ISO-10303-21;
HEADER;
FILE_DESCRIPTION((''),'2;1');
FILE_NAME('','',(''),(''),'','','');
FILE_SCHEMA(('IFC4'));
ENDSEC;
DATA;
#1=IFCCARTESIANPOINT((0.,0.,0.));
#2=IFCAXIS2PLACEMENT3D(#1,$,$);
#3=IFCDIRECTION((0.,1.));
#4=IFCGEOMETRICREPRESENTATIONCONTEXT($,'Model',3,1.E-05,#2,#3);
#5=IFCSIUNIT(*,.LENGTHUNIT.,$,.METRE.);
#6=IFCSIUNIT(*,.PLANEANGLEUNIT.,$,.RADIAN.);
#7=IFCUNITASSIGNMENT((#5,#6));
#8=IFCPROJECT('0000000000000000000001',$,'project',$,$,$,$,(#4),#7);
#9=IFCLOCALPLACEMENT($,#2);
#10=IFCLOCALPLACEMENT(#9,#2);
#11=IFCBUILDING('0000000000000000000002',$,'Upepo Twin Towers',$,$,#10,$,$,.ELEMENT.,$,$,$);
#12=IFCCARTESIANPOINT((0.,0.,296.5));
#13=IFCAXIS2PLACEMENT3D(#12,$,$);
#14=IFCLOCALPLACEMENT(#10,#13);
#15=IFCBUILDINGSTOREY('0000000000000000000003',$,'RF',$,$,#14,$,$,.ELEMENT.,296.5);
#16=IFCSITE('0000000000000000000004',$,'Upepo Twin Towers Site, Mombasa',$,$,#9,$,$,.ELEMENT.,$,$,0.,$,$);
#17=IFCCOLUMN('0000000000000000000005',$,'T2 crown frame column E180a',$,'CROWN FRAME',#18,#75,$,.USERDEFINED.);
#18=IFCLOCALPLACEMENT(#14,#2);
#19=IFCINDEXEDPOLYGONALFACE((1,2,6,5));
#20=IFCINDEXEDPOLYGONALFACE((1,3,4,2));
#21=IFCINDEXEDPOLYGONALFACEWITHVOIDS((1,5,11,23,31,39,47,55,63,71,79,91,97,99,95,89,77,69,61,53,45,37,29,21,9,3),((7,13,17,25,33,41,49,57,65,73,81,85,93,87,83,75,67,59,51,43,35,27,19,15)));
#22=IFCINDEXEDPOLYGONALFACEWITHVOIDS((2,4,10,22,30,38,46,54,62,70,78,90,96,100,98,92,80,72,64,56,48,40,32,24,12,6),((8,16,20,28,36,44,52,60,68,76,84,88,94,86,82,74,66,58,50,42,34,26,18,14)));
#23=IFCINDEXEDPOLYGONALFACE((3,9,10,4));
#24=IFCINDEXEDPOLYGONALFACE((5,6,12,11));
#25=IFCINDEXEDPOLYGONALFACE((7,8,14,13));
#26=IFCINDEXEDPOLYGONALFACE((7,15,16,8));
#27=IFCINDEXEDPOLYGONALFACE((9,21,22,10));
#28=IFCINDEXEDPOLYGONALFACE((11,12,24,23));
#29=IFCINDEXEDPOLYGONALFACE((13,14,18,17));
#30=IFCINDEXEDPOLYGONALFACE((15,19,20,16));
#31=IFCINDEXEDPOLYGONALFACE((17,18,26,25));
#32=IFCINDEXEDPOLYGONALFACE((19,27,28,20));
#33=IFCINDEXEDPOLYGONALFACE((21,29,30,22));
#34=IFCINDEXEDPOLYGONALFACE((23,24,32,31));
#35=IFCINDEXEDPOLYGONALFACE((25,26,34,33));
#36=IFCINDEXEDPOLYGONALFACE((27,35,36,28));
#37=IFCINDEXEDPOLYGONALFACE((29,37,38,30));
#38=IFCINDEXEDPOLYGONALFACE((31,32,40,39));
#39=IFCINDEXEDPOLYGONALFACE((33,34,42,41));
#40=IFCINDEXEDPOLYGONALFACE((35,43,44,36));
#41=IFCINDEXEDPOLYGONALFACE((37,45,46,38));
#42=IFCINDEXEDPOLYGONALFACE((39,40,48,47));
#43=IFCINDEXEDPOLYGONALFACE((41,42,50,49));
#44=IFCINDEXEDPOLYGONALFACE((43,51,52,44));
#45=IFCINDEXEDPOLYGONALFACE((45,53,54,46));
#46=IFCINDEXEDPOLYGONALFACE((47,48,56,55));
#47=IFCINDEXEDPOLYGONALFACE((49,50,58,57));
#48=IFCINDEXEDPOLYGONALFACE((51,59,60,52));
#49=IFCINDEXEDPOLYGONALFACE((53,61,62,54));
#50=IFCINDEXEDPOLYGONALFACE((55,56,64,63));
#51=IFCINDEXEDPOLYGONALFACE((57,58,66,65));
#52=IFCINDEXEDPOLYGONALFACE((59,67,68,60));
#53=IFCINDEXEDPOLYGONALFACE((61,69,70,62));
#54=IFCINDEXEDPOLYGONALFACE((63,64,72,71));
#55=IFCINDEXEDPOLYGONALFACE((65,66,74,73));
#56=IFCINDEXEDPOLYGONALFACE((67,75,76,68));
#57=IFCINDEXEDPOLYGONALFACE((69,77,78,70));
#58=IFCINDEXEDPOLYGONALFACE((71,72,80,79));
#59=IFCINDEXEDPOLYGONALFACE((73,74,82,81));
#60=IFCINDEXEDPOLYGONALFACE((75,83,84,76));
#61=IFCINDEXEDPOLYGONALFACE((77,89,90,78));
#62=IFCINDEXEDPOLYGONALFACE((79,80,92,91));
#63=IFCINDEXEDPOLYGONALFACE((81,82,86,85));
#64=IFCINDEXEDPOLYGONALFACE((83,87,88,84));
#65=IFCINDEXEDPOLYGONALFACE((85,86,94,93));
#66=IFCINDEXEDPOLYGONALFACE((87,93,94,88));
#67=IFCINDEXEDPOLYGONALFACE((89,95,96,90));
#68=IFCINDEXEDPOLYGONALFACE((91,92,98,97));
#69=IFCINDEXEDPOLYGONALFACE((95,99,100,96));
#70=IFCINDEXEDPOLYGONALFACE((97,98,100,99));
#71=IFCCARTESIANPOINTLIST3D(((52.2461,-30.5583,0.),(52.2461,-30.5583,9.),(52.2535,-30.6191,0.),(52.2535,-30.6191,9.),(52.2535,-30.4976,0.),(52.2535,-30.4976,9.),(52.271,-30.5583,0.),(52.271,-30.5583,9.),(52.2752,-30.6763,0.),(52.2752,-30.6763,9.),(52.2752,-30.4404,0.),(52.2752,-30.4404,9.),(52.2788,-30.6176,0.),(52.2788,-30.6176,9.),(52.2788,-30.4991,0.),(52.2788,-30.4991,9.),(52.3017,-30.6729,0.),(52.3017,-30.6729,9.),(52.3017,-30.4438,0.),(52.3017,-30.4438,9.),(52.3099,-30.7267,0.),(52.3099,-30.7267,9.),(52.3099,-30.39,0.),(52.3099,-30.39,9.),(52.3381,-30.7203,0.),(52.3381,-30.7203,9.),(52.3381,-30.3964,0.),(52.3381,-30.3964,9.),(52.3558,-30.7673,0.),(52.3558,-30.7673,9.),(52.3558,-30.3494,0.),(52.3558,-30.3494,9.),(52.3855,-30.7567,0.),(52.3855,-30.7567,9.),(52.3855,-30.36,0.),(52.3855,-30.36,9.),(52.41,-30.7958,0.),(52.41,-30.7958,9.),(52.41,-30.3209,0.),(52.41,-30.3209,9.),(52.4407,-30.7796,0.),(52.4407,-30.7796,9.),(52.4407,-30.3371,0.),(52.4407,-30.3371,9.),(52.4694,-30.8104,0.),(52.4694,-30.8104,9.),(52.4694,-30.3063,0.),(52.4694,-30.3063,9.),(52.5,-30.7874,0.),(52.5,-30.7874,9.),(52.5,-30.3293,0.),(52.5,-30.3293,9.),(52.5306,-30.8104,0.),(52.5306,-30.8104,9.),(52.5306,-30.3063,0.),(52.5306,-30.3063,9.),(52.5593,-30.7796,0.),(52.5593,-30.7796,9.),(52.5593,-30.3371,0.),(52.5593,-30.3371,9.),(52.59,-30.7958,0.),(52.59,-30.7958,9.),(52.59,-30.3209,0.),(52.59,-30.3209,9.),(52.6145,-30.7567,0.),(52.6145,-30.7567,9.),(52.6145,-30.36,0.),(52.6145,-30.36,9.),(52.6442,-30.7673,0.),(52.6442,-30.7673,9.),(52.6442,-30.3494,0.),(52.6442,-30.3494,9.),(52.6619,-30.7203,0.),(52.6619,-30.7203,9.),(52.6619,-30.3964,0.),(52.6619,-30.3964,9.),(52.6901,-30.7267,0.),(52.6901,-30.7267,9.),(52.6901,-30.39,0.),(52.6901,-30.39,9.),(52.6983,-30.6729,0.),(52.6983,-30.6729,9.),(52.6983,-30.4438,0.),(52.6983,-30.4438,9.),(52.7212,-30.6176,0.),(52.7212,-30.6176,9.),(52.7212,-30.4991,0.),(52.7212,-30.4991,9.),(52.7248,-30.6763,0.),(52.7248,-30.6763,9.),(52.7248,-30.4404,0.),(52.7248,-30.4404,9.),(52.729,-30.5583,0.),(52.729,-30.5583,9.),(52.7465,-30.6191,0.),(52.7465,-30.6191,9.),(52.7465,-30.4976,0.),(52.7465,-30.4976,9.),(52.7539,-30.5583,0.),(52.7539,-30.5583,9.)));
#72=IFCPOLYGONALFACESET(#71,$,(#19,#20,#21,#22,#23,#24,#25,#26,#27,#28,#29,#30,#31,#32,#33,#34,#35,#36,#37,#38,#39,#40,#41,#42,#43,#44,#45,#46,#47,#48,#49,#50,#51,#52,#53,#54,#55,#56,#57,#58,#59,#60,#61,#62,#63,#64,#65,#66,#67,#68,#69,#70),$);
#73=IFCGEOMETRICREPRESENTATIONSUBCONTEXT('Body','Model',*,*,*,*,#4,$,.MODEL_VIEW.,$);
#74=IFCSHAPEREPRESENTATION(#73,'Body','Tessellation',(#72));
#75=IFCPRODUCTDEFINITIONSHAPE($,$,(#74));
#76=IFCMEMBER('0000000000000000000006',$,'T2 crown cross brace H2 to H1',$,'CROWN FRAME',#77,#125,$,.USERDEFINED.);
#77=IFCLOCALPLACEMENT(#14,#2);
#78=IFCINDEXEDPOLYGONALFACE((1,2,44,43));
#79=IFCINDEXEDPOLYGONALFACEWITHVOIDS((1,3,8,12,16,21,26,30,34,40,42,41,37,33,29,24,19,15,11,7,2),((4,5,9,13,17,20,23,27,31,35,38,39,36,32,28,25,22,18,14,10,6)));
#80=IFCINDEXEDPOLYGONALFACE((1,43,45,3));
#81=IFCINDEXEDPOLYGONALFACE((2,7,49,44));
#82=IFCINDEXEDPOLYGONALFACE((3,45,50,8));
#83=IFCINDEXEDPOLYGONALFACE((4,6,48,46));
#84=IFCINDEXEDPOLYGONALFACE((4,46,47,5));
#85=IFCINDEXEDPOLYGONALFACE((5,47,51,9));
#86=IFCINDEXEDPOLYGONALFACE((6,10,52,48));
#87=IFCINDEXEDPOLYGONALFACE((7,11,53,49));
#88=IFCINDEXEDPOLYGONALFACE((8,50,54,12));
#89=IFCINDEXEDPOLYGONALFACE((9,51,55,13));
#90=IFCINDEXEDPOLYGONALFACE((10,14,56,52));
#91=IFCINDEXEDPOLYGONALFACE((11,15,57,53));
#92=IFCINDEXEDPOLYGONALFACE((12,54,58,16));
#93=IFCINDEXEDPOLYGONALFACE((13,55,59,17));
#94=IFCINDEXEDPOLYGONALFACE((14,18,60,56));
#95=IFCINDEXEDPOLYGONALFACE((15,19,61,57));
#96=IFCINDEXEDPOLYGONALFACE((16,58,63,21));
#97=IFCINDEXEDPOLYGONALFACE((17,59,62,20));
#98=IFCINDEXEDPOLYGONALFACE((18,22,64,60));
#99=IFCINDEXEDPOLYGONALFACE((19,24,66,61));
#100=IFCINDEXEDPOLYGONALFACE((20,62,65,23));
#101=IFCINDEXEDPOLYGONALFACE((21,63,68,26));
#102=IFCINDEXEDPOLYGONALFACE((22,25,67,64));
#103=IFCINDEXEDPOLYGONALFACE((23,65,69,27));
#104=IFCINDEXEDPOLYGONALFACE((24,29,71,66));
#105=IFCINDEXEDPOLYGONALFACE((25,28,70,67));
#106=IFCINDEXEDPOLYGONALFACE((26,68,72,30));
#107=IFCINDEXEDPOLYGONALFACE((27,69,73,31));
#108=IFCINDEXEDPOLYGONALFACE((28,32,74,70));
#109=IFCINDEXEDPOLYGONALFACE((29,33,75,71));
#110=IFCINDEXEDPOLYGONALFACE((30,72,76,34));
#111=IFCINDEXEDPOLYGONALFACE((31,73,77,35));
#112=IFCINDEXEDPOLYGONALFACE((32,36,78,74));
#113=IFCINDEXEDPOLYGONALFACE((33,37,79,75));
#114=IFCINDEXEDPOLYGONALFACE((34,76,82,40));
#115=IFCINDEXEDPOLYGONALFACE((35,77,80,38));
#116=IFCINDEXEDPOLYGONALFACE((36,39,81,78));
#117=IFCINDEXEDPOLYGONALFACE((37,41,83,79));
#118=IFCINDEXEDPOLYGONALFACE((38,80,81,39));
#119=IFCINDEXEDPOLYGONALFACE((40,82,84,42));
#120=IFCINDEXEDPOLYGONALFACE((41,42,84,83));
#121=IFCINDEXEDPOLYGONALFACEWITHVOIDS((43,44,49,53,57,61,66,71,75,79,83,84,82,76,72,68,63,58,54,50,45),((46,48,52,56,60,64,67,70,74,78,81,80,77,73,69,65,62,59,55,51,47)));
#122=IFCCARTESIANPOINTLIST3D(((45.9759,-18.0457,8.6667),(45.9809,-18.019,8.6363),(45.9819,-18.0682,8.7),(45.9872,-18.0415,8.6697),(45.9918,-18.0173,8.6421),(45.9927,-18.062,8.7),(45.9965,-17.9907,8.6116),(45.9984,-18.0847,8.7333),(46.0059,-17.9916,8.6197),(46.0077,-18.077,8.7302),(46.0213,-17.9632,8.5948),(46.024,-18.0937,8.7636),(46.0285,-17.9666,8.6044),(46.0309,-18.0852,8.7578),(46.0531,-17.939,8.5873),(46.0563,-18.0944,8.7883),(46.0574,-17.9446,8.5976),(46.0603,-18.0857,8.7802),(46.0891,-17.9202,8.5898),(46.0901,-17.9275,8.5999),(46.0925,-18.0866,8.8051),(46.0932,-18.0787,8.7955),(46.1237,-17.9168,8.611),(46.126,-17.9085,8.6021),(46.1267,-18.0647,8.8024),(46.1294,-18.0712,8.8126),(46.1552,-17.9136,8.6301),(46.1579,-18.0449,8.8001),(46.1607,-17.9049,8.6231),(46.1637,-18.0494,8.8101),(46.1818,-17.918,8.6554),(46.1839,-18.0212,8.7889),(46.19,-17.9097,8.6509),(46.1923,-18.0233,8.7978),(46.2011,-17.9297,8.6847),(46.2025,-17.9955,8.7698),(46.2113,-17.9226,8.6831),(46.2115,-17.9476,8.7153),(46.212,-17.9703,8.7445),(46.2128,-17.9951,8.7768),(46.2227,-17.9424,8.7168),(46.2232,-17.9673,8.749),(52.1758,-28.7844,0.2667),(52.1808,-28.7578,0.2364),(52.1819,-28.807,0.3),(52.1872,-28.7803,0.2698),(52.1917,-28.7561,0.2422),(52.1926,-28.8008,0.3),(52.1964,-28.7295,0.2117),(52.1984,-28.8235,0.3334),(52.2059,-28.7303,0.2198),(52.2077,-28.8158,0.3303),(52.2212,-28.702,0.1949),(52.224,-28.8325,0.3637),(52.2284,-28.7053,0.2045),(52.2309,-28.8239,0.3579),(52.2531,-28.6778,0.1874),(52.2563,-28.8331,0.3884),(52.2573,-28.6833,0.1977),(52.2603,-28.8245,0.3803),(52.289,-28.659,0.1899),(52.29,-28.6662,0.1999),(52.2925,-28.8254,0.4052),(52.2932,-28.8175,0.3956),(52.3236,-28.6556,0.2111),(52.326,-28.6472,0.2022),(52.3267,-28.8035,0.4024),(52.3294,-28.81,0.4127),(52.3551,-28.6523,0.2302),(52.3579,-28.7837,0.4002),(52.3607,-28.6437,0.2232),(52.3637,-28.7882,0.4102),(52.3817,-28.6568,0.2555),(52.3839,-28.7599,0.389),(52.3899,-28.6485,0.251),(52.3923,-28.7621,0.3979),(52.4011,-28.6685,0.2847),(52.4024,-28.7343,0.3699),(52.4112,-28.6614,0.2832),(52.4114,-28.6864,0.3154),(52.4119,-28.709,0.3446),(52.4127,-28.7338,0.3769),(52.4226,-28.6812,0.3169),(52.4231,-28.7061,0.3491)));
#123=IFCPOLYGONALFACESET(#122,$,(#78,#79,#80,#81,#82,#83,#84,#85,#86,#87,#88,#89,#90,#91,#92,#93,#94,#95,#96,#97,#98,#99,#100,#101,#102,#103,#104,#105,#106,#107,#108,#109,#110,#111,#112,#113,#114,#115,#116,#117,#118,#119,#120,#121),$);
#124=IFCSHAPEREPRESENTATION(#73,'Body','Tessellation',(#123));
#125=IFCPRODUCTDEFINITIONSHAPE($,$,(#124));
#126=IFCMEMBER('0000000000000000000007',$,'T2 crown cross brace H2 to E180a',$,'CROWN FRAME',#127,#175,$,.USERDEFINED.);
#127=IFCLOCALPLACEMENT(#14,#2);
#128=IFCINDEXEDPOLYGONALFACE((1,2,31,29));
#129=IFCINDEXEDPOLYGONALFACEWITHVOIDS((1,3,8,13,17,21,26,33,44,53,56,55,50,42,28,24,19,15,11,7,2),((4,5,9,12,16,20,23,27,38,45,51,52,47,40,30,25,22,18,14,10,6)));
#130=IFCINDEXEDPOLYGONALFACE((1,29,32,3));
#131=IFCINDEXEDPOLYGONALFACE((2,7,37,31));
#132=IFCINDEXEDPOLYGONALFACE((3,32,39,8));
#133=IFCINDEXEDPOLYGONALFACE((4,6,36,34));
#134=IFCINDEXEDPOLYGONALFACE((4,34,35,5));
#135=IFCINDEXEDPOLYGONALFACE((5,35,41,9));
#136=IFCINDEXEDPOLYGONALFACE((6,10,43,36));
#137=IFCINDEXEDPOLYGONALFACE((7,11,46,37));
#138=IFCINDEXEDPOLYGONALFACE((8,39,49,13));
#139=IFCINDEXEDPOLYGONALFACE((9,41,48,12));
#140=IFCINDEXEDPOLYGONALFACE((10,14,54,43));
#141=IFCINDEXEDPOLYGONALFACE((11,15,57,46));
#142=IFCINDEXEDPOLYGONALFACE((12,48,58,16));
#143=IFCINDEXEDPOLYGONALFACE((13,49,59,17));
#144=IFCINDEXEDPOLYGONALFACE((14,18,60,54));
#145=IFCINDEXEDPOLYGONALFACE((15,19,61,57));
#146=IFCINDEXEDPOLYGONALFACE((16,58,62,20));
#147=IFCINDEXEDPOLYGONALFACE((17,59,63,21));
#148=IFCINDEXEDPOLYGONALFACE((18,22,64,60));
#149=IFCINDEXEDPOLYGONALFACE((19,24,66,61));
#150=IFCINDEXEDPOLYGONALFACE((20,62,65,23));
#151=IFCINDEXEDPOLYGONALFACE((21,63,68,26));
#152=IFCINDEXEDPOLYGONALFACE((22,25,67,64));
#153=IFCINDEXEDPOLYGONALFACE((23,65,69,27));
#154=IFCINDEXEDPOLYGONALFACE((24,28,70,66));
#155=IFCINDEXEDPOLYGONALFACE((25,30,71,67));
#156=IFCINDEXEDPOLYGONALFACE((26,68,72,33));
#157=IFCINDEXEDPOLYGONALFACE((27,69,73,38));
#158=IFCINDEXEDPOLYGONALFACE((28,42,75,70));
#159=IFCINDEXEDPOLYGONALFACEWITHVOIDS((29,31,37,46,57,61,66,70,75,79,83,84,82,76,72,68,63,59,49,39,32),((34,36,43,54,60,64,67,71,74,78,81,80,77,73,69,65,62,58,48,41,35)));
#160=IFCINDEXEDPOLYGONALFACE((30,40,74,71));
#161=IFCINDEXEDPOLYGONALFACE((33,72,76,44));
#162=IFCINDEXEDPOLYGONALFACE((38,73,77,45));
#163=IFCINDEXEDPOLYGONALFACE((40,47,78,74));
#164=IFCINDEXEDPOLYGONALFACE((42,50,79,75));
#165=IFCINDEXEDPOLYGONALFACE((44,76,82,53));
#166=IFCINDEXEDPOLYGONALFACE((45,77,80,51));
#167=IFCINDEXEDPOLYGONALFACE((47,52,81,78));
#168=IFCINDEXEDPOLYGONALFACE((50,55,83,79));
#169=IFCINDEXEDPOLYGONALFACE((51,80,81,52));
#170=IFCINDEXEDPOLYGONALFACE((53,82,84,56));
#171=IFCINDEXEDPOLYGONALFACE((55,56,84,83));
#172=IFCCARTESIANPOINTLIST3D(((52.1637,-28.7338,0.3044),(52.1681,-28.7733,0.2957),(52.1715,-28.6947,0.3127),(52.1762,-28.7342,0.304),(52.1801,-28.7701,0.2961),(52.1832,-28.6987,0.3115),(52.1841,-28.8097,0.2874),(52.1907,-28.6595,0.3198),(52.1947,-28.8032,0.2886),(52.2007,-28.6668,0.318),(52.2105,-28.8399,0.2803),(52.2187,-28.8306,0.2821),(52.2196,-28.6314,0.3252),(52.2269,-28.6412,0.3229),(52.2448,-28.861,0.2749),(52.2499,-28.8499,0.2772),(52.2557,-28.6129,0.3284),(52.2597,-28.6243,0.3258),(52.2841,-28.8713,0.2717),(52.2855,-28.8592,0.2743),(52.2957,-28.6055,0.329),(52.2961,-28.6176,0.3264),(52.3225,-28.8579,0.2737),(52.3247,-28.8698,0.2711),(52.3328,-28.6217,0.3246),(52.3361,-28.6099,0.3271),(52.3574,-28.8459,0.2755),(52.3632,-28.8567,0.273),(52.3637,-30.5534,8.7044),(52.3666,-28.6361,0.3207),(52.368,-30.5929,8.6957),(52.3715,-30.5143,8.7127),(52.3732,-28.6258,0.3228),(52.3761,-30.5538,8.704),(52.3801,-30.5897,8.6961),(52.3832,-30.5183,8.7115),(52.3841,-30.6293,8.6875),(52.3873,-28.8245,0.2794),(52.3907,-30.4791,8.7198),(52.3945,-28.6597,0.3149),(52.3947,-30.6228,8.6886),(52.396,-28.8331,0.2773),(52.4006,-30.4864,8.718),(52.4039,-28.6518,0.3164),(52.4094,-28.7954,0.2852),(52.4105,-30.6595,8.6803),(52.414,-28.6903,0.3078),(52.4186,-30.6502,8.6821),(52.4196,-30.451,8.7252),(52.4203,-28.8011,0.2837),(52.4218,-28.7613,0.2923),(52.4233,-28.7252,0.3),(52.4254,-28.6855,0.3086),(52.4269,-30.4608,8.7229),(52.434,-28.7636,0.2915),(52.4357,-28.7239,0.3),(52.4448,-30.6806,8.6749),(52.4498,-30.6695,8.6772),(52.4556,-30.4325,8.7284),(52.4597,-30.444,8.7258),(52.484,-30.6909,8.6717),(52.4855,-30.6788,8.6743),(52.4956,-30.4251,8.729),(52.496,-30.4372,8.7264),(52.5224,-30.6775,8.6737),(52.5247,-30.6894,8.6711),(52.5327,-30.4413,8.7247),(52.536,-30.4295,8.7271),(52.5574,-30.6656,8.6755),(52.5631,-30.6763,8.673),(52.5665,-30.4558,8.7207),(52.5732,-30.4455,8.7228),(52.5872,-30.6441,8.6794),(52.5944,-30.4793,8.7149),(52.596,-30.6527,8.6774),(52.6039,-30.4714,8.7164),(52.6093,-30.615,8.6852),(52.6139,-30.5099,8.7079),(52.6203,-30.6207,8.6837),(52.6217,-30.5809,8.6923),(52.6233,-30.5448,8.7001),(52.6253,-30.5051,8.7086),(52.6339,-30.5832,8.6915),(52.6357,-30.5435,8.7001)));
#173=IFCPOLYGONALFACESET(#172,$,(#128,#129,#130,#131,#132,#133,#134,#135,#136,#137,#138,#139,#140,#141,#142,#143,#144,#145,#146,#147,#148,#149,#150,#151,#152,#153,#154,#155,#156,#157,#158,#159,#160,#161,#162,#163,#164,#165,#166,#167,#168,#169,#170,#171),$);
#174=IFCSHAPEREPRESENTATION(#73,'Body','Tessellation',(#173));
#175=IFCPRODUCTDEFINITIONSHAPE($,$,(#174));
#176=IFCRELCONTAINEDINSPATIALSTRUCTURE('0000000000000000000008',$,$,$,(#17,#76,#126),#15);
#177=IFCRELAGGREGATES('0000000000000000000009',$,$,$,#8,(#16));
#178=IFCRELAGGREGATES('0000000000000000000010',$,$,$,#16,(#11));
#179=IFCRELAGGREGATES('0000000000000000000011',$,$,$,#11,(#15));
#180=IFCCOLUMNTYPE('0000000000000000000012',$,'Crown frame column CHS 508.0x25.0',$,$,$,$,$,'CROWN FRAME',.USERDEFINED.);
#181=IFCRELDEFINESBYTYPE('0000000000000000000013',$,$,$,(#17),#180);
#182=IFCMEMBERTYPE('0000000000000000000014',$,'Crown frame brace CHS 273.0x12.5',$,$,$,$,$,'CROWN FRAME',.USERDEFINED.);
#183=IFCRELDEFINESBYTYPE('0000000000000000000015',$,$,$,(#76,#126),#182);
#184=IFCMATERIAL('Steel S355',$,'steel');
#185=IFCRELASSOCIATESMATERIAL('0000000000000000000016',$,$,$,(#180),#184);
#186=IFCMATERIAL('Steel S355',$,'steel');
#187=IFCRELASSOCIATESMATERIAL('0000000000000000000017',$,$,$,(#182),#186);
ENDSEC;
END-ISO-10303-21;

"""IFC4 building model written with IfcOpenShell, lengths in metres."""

from ifc_helpers import new_model, si_unit, direction, frame, origin, origin_2d, place, context, subcontext, project, spatial, hollow_circle, extrude, material, material_profile, profile_set, type_object, element, save


model = new_model("IFC4")

# Units and contexts
model_context = context("Model", 3, precision=1e-05, world=origin(), true_north=direction((0.0, 1.0)))
body_context = subcontext(model_context, "Body", "Model", "MODEL_VIEW")
ifc_project = project(units=[si_unit("LENGTHUNIT", "METRE"), si_unit("PLANEANGLEUNIT", "RADIAN")], contexts=[model_context])

# Site, building, storey
site_placement = place(None, origin())
site = spatial("IfcSite", under=ifc_project, at=site_placement, Name="Upepo Twin Towers Site, Mombasa", CompositionType="ELEMENT", RefElevation=0.0)
building_placement = place(site_placement, origin())
building = spatial("IfcBuilding", under=site, at=building_placement, Name="Upepo Twin Towers", CompositionType="ELEMENT")
storey_placement = place(building_placement, frame((0.0, 0.0, 296.5)))
storey = spatial("IfcBuildingStorey", under=building, at=storey_placement, Name="RF", CompositionType="ELEMENT", Elevation=296.5)

# Column
ifc_material_1 = material(Name="Steel S355", Category="steel")
ifc_material_profile_1 = material_profile(ifc_material_1, hollow_circle(Radius=0.2539, WallThickness=0.0249, at=origin_2d()), Name="CHS 508.0x25.0")
ifc_profile_set_1 = profile_set([ifc_material_profile_1], Name="Steel S355")
column_type = type_object("IfcColumnType", Name="Crown frame column CHS 508.0x25.0", ElementType="CROWN FRAME", PredefinedType="USERDEFINED", material=ifc_profile_set_1)
column_placement = place(storey_placement, frame((52.5, -30.5583, 0.0), z_axis=(0.0, 0.0, 1.0), x_axis=(1.0, 0.0, 0.0)))
element("IfcColumn", 1, at=column_placement, inside=storey, type_object=column_type, Name="T2 crown frame column E180a", ObjectType="CROWN FRAME", PredefinedType="USERDEFINED", context=body_context, shape_type="SweptSolid", body=[
    extrude(hollow_circle(Radius=0.2539, WallThickness=0.0249, at=origin_2d()), origin(), (0.0, 0.0, 1.0), 9.0),
])

# Members
ifc_material_2 = material(Name="Steel S355", Category="steel")
ifc_material_profile_2 = material_profile(ifc_material_2, hollow_circle(Radius=0.1365, WallThickness=0.0125, at=origin_2d()), Name="CHS 273.0x12.5")
ifc_profile_set_2 = profile_set([ifc_material_profile_2], Name="Steel S355")
member_type_1 = type_object("IfcMemberType", Name="Crown frame brace CHS 273.0x12.5", ElementType="CROWN FRAME", PredefinedType="USERDEFINED", material=ifc_profile_set_2)
member_1_placement = place(storey_placement, frame((52.3, -28.7388, 0.3), z_axis=(-0.413957, 0.717004, 0.560843), x_axis=(-0.866028, -0.499995, 0.0)))
element("IfcMember", 2, at=member_1_placement, inside=storey, type_object=member_type_1, Name="T2 crown cross brace H2 to H1", ObjectType="CROWN FRAME", PredefinedType="USERDEFINED", context=body_context, shape_type="SweptSolid", body=[
    extrude(hollow_circle(Radius=0.1365, WallThickness=0.0125, at=origin_2d()), origin(), (0.0, 0.0, 1.0), 14.9773),
])
for number, where, z_axis, x_axis, name in (
    (3, (52.3, -28.7388, 0.3), (0.023258, -0.211652, 0.977068), (0.994016, 0.109231, 0.0), "T2 crown cross brace H2 to E180a"),
):
    element("IfcMember", number, at=place(storey_placement, frame(where, z_axis=z_axis, x_axis=x_axis)), inside=storey, type_object=member_type_1, Name=name, ObjectType="CROWN FRAME", PredefinedType="USERDEFINED", context=body_context, shape_type="SweptSolid", body=[
        extrude(hollow_circle(Radius=0.1365, WallThickness=0.0125, at=origin_2d()), origin(), (0.0, 0.0, 1.0), 8.5972),
    ])

save(model, "model.ifc")
